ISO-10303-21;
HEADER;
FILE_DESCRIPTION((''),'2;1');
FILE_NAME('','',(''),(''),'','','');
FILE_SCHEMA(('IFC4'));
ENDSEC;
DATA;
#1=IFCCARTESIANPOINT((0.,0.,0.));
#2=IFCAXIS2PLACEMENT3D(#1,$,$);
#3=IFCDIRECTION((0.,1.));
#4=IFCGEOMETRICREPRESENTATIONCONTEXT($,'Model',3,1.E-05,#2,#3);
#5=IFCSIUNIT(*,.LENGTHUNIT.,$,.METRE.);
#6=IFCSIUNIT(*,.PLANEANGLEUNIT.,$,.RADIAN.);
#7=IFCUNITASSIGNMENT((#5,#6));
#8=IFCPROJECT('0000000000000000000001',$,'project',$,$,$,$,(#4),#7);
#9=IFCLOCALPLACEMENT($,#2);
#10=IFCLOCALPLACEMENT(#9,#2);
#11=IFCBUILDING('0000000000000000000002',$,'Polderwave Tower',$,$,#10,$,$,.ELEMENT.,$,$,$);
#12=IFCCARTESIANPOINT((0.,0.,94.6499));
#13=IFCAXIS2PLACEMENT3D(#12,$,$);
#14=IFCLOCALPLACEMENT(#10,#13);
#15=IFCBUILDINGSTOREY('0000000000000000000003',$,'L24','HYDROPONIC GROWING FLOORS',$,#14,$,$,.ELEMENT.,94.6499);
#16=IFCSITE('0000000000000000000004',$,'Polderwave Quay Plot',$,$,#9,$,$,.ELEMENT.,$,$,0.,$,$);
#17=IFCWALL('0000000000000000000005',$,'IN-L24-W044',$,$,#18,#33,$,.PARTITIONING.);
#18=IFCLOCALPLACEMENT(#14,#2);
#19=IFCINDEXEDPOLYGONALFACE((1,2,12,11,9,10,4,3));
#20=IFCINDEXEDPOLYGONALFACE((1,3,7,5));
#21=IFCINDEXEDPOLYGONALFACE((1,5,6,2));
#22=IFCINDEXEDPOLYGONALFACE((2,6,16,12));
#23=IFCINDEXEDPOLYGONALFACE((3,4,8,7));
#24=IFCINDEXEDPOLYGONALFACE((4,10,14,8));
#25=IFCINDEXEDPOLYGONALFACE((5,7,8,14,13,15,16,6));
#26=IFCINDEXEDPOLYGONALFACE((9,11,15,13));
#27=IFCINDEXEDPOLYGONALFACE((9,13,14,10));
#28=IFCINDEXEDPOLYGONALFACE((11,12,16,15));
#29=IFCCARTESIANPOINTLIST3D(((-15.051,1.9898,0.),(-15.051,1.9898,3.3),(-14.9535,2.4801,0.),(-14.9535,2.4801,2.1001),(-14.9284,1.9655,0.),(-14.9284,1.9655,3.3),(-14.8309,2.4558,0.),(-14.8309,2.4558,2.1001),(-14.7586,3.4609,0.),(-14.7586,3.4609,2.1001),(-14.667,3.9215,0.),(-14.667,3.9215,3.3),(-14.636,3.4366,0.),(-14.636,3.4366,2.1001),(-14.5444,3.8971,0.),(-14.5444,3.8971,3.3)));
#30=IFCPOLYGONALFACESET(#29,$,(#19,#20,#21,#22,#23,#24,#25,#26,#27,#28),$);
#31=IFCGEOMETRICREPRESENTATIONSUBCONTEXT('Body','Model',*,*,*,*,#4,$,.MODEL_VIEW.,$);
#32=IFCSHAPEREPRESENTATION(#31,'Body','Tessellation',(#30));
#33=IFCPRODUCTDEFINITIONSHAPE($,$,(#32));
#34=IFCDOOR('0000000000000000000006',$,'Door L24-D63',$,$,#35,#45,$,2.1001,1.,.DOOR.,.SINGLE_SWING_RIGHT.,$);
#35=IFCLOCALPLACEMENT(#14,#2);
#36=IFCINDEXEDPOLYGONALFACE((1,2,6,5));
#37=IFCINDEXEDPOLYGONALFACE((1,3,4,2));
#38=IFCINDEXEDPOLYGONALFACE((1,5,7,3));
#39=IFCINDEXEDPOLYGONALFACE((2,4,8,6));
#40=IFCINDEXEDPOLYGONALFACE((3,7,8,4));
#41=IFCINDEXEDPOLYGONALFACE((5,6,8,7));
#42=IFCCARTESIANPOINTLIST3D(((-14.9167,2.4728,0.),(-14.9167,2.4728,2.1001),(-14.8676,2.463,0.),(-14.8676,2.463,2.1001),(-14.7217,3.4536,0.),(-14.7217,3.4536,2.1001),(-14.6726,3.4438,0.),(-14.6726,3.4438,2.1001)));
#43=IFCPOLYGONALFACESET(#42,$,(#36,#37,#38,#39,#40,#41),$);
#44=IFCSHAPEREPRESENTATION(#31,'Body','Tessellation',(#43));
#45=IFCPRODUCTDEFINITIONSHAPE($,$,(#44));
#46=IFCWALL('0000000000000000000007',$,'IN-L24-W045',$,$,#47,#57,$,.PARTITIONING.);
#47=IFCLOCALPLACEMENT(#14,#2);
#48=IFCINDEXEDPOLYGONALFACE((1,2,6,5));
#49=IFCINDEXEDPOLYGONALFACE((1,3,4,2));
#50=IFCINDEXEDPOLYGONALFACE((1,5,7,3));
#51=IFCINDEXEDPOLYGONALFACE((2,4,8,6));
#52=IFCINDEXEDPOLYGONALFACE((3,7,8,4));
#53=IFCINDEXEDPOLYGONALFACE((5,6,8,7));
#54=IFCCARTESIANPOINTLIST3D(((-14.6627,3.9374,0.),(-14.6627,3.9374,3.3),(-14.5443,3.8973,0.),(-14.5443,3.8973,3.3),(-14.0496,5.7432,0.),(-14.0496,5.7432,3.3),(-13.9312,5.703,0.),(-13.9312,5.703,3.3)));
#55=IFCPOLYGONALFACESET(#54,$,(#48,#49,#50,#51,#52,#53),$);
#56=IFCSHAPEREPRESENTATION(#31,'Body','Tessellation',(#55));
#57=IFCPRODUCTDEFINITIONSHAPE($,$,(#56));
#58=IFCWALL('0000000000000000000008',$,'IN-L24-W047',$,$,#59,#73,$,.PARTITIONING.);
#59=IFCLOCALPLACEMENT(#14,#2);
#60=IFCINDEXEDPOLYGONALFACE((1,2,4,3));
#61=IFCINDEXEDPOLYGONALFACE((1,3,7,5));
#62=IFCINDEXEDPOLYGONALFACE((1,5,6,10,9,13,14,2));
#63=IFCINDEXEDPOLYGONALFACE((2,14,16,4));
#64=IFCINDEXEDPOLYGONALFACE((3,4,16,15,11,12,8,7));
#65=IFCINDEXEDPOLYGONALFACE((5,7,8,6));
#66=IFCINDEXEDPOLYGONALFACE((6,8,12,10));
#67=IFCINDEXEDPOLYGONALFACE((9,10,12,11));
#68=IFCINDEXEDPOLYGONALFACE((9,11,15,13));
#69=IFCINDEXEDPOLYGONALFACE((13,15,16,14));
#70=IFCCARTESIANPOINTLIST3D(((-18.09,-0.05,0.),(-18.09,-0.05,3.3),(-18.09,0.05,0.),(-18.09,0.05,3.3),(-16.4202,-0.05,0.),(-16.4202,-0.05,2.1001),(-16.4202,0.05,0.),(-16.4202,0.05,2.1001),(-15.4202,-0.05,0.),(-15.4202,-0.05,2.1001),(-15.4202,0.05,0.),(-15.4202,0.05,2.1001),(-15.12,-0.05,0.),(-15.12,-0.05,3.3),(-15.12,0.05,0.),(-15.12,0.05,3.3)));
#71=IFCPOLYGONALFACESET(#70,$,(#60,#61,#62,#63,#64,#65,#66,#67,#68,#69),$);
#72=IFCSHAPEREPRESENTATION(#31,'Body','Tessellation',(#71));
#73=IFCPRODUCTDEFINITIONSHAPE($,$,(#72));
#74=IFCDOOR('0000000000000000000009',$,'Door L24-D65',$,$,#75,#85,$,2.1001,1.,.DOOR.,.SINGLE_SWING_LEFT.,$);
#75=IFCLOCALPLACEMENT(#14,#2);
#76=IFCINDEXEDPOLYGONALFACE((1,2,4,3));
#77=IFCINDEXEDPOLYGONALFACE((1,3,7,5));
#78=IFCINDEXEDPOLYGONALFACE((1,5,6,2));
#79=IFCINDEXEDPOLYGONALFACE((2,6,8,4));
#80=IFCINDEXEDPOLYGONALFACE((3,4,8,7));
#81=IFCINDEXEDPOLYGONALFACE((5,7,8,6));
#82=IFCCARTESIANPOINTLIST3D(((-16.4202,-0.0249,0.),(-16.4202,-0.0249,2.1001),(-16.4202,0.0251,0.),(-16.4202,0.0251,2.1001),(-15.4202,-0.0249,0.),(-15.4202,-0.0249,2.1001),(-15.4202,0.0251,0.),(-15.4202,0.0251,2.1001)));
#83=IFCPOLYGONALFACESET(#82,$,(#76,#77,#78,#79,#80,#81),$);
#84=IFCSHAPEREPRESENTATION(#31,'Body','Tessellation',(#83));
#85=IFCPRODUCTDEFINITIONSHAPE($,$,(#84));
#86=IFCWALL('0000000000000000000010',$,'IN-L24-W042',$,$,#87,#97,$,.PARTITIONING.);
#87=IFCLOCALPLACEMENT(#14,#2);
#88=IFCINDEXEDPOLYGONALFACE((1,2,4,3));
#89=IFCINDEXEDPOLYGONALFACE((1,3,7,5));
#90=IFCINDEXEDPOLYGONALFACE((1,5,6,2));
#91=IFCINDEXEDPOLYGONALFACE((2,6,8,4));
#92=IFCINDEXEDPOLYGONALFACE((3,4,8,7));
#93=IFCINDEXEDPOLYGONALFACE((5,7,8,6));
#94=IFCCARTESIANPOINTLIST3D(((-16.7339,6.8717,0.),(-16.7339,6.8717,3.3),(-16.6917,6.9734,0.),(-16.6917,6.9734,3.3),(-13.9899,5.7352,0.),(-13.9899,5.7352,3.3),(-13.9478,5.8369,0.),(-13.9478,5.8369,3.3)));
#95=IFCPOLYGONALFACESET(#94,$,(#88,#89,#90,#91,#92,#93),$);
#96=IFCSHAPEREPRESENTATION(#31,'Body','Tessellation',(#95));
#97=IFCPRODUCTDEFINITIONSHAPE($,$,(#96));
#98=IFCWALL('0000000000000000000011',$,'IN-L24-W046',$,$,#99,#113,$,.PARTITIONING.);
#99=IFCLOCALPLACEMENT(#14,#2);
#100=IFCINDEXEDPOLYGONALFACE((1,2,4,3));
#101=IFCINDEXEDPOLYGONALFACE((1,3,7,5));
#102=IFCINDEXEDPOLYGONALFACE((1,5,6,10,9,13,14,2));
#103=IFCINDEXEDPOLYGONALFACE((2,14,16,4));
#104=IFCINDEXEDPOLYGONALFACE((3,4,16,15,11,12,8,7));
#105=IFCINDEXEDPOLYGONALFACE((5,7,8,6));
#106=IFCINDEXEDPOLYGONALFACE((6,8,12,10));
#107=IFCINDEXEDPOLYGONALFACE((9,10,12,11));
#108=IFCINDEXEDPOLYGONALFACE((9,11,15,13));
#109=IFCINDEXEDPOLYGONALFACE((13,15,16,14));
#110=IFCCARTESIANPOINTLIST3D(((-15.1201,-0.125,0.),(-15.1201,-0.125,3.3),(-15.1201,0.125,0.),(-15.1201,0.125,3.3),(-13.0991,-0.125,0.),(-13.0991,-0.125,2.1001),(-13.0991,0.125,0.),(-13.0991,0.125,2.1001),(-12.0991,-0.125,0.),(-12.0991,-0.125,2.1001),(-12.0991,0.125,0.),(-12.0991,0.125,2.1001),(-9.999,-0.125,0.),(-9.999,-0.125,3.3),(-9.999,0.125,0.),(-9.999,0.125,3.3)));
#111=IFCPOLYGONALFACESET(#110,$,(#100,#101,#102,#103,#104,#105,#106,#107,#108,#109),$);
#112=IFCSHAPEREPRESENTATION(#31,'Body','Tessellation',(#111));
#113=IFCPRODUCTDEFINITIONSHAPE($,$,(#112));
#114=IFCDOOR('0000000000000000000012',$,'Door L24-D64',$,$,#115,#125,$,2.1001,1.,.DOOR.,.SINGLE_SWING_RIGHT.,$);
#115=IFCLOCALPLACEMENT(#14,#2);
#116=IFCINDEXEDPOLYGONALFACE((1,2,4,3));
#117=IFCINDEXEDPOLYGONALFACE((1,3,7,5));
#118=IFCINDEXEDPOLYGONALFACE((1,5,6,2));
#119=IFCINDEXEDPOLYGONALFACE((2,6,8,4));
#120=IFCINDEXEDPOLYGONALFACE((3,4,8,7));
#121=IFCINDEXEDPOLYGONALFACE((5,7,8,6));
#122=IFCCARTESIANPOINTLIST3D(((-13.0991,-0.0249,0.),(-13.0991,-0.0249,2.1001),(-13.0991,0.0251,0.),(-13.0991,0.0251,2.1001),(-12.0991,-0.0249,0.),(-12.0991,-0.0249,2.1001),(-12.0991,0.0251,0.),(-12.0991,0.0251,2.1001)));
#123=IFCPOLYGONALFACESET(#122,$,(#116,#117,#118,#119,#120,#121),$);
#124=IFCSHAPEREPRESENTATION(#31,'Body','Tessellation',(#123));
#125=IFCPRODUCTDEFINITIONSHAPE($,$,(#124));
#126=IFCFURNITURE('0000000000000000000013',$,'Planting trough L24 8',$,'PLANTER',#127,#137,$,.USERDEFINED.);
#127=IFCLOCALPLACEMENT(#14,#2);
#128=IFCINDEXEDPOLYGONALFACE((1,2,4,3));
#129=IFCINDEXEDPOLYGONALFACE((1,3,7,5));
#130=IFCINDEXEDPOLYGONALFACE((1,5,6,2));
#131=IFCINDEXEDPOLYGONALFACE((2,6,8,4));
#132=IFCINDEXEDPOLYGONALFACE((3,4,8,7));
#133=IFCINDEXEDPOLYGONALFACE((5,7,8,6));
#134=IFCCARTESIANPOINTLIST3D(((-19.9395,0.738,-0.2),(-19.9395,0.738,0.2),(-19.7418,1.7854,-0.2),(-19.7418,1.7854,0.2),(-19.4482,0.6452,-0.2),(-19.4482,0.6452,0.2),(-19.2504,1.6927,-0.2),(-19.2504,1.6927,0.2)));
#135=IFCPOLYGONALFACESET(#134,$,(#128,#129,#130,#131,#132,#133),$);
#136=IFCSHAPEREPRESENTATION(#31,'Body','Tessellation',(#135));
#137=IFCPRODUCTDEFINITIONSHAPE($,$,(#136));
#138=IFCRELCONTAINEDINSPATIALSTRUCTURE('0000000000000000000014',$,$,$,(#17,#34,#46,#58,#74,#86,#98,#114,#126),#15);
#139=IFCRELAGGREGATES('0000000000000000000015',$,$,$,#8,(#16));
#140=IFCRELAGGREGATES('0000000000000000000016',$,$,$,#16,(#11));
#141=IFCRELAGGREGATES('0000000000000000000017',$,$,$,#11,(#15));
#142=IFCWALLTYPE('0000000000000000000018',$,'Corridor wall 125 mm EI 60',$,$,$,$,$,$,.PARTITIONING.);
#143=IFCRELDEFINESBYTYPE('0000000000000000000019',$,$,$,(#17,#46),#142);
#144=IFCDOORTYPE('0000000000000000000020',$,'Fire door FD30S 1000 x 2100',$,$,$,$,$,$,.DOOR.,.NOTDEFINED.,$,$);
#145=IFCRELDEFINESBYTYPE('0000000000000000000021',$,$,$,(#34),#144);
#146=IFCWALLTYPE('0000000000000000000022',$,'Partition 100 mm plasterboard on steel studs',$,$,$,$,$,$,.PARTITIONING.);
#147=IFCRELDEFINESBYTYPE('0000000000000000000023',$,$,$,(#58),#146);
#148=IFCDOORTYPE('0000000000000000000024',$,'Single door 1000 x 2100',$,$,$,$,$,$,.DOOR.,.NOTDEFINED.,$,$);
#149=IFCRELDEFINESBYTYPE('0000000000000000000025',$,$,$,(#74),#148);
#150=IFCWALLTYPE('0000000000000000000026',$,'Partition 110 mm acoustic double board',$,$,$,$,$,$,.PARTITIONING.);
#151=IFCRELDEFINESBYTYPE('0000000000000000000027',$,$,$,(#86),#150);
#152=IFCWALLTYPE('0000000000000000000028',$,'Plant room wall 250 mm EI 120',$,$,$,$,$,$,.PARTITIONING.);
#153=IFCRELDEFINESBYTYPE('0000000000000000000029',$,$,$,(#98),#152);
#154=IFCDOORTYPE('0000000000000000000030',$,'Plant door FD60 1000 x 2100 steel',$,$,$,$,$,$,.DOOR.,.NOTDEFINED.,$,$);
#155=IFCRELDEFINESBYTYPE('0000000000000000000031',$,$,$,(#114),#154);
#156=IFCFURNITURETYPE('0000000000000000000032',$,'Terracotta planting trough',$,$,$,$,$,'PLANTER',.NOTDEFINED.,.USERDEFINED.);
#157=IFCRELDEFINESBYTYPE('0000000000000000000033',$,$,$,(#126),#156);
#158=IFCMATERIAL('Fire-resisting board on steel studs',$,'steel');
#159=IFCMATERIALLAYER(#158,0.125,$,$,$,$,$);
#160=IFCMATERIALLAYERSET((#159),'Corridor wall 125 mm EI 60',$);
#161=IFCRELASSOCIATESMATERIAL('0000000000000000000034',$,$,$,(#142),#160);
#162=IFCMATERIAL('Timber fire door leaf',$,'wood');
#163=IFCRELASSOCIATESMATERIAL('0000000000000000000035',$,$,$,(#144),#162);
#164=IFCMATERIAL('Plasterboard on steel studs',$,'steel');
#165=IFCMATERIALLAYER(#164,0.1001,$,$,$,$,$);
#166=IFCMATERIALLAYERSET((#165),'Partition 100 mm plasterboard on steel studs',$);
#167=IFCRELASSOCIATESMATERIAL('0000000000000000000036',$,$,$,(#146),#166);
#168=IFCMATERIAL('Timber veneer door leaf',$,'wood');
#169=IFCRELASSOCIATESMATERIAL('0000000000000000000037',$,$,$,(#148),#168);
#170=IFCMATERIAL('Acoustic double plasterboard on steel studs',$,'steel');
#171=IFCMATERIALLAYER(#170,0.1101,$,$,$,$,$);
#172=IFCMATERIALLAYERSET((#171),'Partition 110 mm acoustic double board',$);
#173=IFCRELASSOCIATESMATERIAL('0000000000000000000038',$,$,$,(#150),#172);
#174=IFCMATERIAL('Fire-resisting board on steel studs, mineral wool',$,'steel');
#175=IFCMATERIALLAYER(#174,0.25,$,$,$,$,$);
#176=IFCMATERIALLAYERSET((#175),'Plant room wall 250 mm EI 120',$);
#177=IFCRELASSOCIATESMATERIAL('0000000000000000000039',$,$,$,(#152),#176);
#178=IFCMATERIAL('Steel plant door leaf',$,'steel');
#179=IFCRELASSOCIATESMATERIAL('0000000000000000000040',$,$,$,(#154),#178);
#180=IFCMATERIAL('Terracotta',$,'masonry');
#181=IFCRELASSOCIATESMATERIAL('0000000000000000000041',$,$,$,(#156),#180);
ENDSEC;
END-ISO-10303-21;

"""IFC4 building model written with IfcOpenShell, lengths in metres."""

from ifc_helpers import new_model, si_unit, direction, frame, frame_2d, origin, origin_2d, place, context, subcontext, project, spatial, rectangle, extrude, material, layer, layer_set, type_object, element, fill, save


model = new_model("IFC4")

# Units and contexts
model_context = context("Model", 3, precision=1e-05, world=origin(), true_north=direction((0.0, 1.0)))
body_context = subcontext(model_context, "Body", "Model", "MODEL_VIEW")
ifc_project = project(units=[si_unit("LENGTHUNIT", "METRE"), si_unit("PLANEANGLEUNIT", "RADIAN")], contexts=[model_context])

# Site, building, storey
site_placement = place(None, origin())
site = spatial("IfcSite", under=ifc_project, at=site_placement, Name="Polderwave Quay Plot", CompositionType="ELEMENT", RefElevation=0.0)
building_placement = place(site_placement, origin())
building = spatial("IfcBuilding", under=site, at=building_placement, Name="Polderwave Tower", CompositionType="ELEMENT")
storey_placement = place(building_placement, frame((0.0, 0.0, 94.6499)))
storey = spatial("IfcBuildingStorey", under=building, at=storey_placement, Name="L24", Description="HYDROPONIC GROWING FLOORS", CompositionType="ELEMENT", Elevation=94.6499)

# Shared definitions
ifc_material_1 = material(Name="Fire-resisting board on steel studs", Category="steel")
ifc_layer_1 = layer(ifc_material_1, 0.125)
ifc_layer_set_1 = layer_set([ifc_layer_1], Name="Corridor wall 125 mm EI 60")
wall_type_1 = type_object("IfcWallType", Name="Corridor wall 125 mm EI 60", PredefinedType="PARTITIONING", material=ifc_layer_set_1)

# Wall, opening, door
wall_1_placement = place(storey_placement, frame((-14.9897, 1.9775, 0.0), z_axis=(0.0, 0.0, 1.0), x_axis=(0.194996, 0.980804, 0.0)))
wall_1 = element("IfcWall", 1, at=wall_1_placement, inside=storey, type_object=wall_type_1, Name="IN-L24-W044", PredefinedType="PARTITIONING", context=body_context, shape_type="SweptSolid", body=[
    extrude(rectangle(XDim=1.9695, YDim=0.125, at=frame_2d((0.9849, 0.0))), origin(), (0.0, 0.0, 1.0), 3.3),
])
opening_1_placement = place(wall_1_placement, frame((0.5, 0.0, 0.0)))
opening_1 = element("IfcOpeningElement", 2, at=opening_1_placement, cuts=wall_1, PredefinedType="OPENING", context=body_context, shape_type="SweptSolid", body=[
    extrude(rectangle(XDim=1.0, YDim=2.1001, at=frame_2d((0.5, 1.05))), frame((0.0, 0.0725, 0.0), z_axis=(0.0, -1.0, 0.0), x_axis=(1.0, 0.0, 0.0)), (0.0, 0.0, 1.0), 0.145),
])
ifc_material_2 = material(Name="Timber fire door leaf", Category="wood")
door_type_1 = type_object("IfcDoorType", Name="Fire door FD30S 1000 x 2100", OperationType="NOTDEFINED", PredefinedType="DOOR", material=ifc_material_2)
door_1_placement = place(opening_1_placement, origin())
door_1 = element("IfcDoor", 3, at=door_1_placement, inside=storey, type_object=door_type_1, Name="Door L24-D63", OperationType="SINGLE_SWING_RIGHT", OverallHeight=2.1001, OverallWidth=1.0, PredefinedType="DOOR", context=body_context, shape_type="SweptSolid", body=[
    extrude(rectangle(XDim=1.0, YDim=2.1001, at=frame_2d((0.5, 1.05))), frame((0.0, 0.0249, 0.0), z_axis=(0.0, -1.0, 0.0), x_axis=(1.0, 0.0, 0.0)), (0.0, 0.0, 1.0), 0.05),
])
fill(opening_1, door_1)

# Wall
wall_2_placement = place(storey_placement, frame((-14.6035, 3.9172, 0.0), z_axis=(0.0, 0.0, 1.0), x_axis=(0.321485, 0.946915, 0.0)))
element("IfcWall", 4, at=wall_2_placement, inside=storey, type_object=wall_type_1, Name="IN-L24-W045", PredefinedType="PARTITIONING", context=body_context, shape_type="SweptSolid", body=[
    extrude(rectangle(XDim=1.907, YDim=0.125, at=frame_2d((0.9536, 0.0))), origin(), (0.0, 0.0, 1.0), 3.3),
])

# Wall, opening, door
ifc_material_3 = material(Name="Plasterboard on steel studs", Category="steel")
ifc_layer_2 = layer(ifc_material_3, 0.1001)
ifc_layer_set_2 = layer_set([ifc_layer_2], Name="Partition 100 mm plasterboard on steel studs")
wall_type_2 = type_object("IfcWallType", Name="Partition 100 mm plasterboard on steel studs", PredefinedType="PARTITIONING", material=ifc_layer_set_2)
wall_3_placement = place(storey_placement, frame((-15.1201, 0.0, 0.0), z_axis=(0.0, 0.0, 1.0), x_axis=(-1.0, 0.0, 0.0)))
wall_3 = element("IfcWall", 5, at=wall_3_placement, inside=storey, type_object=wall_type_2, Name="IN-L24-W047", PredefinedType="PARTITIONING", context=body_context, shape_type="SweptSolid", body=[
    extrude(rectangle(XDim=2.97, YDim=0.1001, at=frame_2d((1.4849, 0.0))), origin(), (0.0, 0.0, 1.0), 3.3),
])
opening_2_placement = place(wall_3_placement, frame((0.3, 0.0, 0.0)))
opening_2 = element("IfcOpeningElement", 6, at=opening_2_placement, cuts=wall_3, PredefinedType="OPENING", context=body_context, shape_type="SweptSolid", body=[
    extrude(rectangle(XDim=1.0, YDim=2.1001, at=frame_2d((0.5, 1.05))), frame((0.0, 0.0601, 0.0), z_axis=(0.0, -1.0, 0.0), x_axis=(1.0, 0.0, 0.0)), (0.0, 0.0, 1.0), 0.1201),
])
ifc_material_4 = material(Name="Timber veneer door leaf", Category="wood")
door_type_2 = type_object("IfcDoorType", Name="Single door 1000 x 2100", OperationType="NOTDEFINED", PredefinedType="DOOR", material=ifc_material_4)
door_2_placement = place(opening_2_placement, origin())
door_2 = element("IfcDoor", 7, at=door_2_placement, inside=storey, type_object=door_type_2, Name="Door L24-D65", OperationType="SINGLE_SWING_LEFT", OverallHeight=2.1001, OverallWidth=1.0, PredefinedType="DOOR", context=body_context, shape_type="SweptSolid", body=[
    extrude(rectangle(XDim=1.0, YDim=2.1001, at=frame_2d((0.5, 1.05))), frame((0.0, 0.0249, 0.0), z_axis=(0.0, -1.0, 0.0), x_axis=(1.0, 0.0, 0.0)), (0.0, 0.0, 1.0), 0.05),
])
fill(opening_2, door_2)

# Wall
ifc_material_5 = material(Name="Acoustic double plasterboard on steel studs", Category="steel")
ifc_layer_3 = layer(ifc_material_5, 0.1101)
ifc_layer_set_3 = layer_set([ifc_layer_3], Name="Partition 110 mm acoustic double board")
wall_type_3 = type_object("IfcWallType", Name="Partition 110 mm acoustic double board", PredefinedType="PARTITIONING", material=ifc_layer_set_3)
wall_4_placement = place(storey_placement, frame((-13.969, 5.7861, 0.0), z_axis=(0.0, 0.0, 1.0), x_axis=(-0.92389, 0.382659, 0.0)))
element("IfcWall", 8, at=wall_4_placement, inside=storey, type_object=wall_type_3, Name="IN-L24-W042", PredefinedType="PARTITIONING", context=body_context, shape_type="SweptSolid", body=[
    extrude(rectangle(XDim=2.97, YDim=0.1101, at=frame_2d((1.4849, 0.0))), origin(), (0.0, 0.0, 1.0), 3.3),
])

# Wall, opening, door
ifc_material_6 = material(Name="Fire-resisting board on steel studs, mineral wool", Category="steel")
ifc_layer_4 = layer(ifc_material_6, 0.25)
ifc_layer_set_4 = layer_set([ifc_layer_4], Name="Plant room wall 250 mm EI 120")
wall_type_4 = type_object("IfcWallType", Name="Plant room wall 250 mm EI 120", PredefinedType="PARTITIONING", material=ifc_layer_set_4)
wall_5_placement = place(storey_placement, frame((-9.999, 0.0, 0.0), z_axis=(0.0, 0.0, 1.0), x_axis=(-1.0, 0.0, 0.0)))
wall_5 = element("IfcWall", 9, at=wall_5_placement, inside=storey, type_object=wall_type_4, Name="IN-L24-W046", PredefinedType="PARTITIONING", context=body_context, shape_type="SweptSolid", body=[
    extrude(rectangle(XDim=5.1211, YDim=0.25, at=frame_2d((2.5605, 0.0))), origin(), (0.0, 0.0, 1.0), 3.3),
])
opening_3_placement = place(wall_5_placement, frame((2.1001, 0.0, 0.0)))
opening_3 = element("IfcOpeningElement", 10, at=opening_3_placement, cuts=wall_5, PredefinedType="OPENING", context=body_context, shape_type="SweptSolid", body=[
    extrude(rectangle(XDim=1.0, YDim=2.1001, at=frame_2d((0.5, 1.05))), frame((0.0, 0.135, 0.0), z_axis=(0.0, -1.0, 0.0), x_axis=(1.0, 0.0, 0.0)), (0.0, 0.0, 1.0), 0.27),
])
ifc_material_7 = material(Name="Steel plant door leaf", Category="steel")
door_type_3 = type_object("IfcDoorType", Name="Plant door FD60 1000 x 2100 steel", OperationType="NOTDEFINED", PredefinedType="DOOR", material=ifc_material_7)
door_3_placement = place(opening_3_placement, origin())
door_3 = element("IfcDoor", 11, at=door_3_placement, inside=storey, type_object=door_type_3, Name="Door L24-D64", OperationType="SINGLE_SWING_RIGHT", OverallHeight=2.1001, OverallWidth=1.0, PredefinedType="DOOR", context=body_context, shape_type="SweptSolid", body=[
    extrude(rectangle(XDim=1.0, YDim=2.1001, at=frame_2d((0.5, 1.05))), frame((0.0, 0.0249, 0.0), z_axis=(0.0, -1.0, 0.0), x_axis=(1.0, 0.0, 0.0)), (0.0, 0.0, 1.0), 0.05),
])
fill(opening_3, door_3)

# Furniture
ifc_material_8 = material(Name="Terracotta", Category="masonry")
furniture_type = type_object("IfcFurnitureType", Name="Terracotta planting trough", ElementType="PLANTER", AssemblyPlace="NOTDEFINED", PredefinedType="USERDEFINED", material=ifc_material_8)
furniture_placement = place(storey_placement, frame((-19.595, 1.2153, -0.2), z_axis=(0.0, 0.0, 1.0), x_axis=(-0.185524, -0.98264, 0.0)))
element("IfcFurniture", 12, at=furniture_placement, inside=storey, type_object=furniture_type, Name="Planting trough L24 8", ObjectType="PLANTER", PredefinedType="USERDEFINED", context=body_context, shape_type="SweptSolid", body=[
    extrude(rectangle(XDim=1.0659, YDim=0.5, at=origin_2d()), origin(), (0.0, 0.0, 1.0), 0.3999),
])

save(model, "model.ifc")
